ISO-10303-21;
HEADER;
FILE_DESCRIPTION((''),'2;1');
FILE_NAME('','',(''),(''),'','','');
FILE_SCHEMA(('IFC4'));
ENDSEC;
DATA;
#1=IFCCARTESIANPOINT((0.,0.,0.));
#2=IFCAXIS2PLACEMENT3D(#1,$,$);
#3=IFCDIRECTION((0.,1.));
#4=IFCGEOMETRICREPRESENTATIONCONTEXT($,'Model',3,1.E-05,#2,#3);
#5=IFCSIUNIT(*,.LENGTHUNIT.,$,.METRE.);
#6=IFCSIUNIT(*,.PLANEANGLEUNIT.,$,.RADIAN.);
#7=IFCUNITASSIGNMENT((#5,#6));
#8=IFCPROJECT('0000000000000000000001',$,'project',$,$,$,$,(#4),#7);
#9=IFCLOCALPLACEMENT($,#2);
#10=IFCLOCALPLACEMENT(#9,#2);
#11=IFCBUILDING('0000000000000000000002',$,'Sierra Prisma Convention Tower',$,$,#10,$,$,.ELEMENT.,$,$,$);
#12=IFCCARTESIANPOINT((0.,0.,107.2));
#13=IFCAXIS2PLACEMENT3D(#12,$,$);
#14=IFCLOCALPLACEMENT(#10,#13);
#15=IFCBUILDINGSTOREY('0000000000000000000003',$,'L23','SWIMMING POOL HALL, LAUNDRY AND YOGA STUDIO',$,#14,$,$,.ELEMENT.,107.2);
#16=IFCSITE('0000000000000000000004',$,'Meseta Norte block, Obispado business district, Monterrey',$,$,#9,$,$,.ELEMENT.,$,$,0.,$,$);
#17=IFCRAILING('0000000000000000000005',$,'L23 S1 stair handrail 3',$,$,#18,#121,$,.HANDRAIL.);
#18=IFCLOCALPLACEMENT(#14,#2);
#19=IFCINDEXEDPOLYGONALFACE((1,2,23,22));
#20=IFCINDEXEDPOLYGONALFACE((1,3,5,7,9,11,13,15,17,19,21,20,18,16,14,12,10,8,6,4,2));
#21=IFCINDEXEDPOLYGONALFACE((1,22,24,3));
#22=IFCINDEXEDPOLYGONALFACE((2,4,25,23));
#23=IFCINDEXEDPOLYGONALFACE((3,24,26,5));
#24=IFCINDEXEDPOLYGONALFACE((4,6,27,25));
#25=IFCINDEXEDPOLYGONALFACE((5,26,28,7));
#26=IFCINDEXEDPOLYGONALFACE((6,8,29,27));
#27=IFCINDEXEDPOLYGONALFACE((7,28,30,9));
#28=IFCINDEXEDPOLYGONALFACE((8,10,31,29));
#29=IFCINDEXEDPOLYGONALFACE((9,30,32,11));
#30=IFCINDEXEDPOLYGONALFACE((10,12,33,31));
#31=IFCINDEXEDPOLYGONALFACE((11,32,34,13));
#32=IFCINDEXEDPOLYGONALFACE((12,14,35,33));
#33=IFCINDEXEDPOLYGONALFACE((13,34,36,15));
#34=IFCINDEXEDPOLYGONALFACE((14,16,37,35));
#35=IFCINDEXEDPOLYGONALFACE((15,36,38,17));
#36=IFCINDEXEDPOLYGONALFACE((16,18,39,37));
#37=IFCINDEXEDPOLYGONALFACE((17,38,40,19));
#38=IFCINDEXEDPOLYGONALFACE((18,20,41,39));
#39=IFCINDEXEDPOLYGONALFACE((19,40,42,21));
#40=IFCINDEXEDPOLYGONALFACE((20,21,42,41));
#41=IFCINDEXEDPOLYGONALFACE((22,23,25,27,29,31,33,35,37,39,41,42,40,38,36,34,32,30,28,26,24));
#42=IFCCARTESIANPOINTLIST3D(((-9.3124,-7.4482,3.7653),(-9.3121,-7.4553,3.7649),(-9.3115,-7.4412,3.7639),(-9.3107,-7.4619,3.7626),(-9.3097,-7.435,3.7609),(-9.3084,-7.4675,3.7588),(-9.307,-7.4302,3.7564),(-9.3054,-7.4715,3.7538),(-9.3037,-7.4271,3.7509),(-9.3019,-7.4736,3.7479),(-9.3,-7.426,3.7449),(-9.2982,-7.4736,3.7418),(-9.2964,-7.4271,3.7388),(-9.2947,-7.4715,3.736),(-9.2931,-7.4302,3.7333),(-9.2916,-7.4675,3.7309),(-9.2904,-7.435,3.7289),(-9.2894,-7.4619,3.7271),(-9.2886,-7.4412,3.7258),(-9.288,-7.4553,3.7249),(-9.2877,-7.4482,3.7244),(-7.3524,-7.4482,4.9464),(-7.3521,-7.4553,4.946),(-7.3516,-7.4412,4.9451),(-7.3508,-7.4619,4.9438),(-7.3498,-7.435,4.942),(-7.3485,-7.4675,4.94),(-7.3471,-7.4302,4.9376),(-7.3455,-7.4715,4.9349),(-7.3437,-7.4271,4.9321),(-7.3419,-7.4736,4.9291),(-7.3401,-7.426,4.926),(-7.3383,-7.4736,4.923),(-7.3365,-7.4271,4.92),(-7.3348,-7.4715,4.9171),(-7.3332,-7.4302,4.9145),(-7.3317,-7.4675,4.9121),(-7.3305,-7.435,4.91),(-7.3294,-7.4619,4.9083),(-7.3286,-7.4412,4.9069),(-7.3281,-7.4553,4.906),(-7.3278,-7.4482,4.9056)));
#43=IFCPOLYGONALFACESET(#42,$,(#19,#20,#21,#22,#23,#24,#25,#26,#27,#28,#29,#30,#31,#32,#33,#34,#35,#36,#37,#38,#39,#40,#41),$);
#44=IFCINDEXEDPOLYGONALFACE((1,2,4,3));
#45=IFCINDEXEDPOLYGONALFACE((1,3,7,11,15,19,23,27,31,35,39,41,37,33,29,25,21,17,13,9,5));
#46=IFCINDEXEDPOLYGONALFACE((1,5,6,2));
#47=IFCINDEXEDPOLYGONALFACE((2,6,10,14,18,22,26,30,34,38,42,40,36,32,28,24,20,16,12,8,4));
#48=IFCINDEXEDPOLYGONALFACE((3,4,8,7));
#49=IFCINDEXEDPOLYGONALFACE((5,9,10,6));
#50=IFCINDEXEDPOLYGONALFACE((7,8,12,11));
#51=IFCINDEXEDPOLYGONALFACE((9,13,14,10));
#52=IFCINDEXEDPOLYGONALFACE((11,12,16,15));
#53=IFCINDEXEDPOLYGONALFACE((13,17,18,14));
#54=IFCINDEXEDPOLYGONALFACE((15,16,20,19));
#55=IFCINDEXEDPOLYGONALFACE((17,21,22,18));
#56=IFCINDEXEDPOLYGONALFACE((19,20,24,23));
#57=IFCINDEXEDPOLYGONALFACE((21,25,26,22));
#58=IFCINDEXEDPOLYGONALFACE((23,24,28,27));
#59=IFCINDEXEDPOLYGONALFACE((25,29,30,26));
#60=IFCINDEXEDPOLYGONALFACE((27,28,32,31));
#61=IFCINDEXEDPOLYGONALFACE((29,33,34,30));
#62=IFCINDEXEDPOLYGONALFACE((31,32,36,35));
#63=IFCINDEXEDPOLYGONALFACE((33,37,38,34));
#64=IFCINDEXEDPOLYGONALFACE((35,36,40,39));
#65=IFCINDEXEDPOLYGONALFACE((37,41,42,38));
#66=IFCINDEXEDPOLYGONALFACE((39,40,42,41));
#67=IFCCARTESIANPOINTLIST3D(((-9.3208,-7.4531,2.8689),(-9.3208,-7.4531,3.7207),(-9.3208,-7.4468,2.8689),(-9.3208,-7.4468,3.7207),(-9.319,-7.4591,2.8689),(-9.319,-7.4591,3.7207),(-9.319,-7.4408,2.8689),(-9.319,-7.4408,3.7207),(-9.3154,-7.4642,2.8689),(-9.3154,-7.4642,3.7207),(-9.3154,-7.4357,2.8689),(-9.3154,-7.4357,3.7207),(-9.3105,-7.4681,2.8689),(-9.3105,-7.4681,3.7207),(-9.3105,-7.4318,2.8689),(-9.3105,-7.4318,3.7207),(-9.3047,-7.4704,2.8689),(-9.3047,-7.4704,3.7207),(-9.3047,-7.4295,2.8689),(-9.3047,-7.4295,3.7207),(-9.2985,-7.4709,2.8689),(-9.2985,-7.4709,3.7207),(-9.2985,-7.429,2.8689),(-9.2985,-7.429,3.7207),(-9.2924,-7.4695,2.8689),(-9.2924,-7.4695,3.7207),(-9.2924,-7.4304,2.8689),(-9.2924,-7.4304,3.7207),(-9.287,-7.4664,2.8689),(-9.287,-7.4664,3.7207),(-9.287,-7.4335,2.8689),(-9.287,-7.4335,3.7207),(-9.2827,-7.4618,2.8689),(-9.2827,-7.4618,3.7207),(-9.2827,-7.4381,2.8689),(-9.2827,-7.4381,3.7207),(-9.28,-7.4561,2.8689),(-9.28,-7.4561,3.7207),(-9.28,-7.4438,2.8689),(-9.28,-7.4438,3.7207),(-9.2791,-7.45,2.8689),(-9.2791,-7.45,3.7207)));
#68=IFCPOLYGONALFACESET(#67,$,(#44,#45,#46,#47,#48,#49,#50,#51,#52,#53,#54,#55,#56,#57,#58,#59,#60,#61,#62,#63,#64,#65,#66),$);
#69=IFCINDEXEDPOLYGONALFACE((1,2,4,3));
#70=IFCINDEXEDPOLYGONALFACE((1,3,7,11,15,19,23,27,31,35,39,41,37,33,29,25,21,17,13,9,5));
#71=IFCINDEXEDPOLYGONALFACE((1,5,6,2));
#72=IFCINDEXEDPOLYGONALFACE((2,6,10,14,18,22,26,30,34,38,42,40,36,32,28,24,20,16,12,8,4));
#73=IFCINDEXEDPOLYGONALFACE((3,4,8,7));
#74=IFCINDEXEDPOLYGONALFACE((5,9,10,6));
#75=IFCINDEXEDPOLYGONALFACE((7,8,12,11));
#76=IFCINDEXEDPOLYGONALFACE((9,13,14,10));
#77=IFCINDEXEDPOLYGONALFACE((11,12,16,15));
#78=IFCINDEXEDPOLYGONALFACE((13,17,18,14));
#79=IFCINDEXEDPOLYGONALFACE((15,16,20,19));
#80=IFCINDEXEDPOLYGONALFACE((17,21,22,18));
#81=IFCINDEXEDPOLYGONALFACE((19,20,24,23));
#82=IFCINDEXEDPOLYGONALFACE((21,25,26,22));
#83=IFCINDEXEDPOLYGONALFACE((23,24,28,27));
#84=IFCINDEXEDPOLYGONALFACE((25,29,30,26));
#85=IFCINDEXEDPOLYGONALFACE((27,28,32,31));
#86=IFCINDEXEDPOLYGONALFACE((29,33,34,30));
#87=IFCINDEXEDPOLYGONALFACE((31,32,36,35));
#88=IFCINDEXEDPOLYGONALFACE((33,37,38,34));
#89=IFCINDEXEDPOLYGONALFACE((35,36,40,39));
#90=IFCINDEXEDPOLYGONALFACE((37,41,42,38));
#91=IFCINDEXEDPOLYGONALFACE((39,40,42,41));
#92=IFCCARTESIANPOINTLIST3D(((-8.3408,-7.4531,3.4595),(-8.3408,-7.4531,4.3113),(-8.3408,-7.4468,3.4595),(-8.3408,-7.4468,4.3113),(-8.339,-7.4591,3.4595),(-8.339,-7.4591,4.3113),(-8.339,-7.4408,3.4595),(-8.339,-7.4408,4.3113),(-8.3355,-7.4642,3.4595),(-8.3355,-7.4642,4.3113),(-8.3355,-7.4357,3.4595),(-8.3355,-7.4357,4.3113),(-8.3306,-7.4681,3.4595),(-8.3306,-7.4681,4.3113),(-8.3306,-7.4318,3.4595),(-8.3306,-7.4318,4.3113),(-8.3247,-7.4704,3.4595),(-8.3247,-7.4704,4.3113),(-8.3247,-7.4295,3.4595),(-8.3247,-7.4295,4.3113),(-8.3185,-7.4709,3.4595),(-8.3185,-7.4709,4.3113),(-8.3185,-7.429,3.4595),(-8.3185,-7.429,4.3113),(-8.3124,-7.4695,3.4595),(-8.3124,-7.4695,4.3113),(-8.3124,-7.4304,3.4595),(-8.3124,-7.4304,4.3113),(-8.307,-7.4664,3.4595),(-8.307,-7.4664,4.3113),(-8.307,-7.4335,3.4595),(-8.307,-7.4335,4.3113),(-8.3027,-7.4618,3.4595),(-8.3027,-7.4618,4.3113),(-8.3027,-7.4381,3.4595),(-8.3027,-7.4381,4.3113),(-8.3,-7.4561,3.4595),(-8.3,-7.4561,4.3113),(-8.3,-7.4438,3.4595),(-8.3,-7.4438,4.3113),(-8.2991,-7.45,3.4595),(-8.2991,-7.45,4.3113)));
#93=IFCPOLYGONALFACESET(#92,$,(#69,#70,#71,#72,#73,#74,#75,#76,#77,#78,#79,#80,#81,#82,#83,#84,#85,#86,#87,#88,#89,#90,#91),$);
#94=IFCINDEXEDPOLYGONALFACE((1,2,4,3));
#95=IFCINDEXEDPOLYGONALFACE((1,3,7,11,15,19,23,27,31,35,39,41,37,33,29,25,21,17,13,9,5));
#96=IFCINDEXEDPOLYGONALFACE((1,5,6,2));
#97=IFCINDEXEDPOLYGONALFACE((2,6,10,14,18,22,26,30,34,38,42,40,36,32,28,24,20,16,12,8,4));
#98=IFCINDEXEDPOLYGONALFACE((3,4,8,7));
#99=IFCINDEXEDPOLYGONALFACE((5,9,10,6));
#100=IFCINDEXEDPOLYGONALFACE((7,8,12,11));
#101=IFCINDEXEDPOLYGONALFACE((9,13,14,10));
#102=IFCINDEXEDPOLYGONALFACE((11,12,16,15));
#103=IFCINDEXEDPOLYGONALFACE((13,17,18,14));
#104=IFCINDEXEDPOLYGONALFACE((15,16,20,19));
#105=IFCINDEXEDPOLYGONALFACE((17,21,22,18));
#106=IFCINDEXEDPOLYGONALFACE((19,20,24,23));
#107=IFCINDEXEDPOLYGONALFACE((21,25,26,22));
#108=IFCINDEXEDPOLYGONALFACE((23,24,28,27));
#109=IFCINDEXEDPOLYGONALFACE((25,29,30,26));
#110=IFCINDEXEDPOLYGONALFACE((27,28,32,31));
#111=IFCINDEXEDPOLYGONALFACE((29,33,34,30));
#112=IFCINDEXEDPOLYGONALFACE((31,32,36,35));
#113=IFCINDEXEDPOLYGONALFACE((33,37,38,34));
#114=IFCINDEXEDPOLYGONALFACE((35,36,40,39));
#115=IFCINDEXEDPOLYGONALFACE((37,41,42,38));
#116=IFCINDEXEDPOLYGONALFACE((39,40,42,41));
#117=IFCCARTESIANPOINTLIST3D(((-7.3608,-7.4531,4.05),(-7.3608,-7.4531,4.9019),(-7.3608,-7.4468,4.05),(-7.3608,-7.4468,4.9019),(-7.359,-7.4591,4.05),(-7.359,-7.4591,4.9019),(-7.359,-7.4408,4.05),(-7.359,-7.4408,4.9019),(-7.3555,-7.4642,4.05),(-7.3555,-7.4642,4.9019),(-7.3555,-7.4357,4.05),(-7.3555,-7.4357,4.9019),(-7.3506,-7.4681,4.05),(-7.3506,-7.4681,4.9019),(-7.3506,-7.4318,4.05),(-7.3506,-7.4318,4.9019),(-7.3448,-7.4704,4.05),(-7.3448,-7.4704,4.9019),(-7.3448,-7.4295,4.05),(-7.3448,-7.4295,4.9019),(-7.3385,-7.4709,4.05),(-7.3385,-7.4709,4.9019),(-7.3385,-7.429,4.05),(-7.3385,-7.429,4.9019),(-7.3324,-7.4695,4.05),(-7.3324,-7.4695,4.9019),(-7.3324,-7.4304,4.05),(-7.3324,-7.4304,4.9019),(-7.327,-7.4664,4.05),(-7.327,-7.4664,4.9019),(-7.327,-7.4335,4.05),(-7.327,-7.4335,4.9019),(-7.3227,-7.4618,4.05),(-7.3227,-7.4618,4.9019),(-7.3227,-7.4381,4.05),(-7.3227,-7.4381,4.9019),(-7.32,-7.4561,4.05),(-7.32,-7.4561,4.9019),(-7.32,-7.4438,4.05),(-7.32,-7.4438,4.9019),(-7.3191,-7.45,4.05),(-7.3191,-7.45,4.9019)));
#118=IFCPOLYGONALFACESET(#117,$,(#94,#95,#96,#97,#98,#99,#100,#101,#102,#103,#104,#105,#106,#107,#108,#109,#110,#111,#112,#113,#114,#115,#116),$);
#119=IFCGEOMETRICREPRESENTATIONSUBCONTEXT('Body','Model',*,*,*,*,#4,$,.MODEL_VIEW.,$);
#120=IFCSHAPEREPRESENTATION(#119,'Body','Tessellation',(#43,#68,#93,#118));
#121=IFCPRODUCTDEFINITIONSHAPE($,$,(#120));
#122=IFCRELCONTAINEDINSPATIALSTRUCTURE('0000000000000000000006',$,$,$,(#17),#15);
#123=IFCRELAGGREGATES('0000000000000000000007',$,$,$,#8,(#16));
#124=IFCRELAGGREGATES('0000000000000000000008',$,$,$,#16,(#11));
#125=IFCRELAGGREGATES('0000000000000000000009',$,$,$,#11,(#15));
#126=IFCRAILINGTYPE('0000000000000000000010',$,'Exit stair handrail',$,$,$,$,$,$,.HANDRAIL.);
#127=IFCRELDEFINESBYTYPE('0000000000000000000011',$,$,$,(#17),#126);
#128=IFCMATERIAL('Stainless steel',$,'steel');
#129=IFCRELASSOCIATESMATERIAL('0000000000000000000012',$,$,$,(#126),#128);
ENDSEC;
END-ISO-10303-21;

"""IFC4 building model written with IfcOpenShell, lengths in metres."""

from ifc_helpers import new_model, si_unit, direction, frame, origin, origin_2d, place, context, subcontext, project, spatial, circle, extrude, material, type_object, element, save


model = new_model("IFC4")

# Units and contexts
model_context = context("Model", 3, precision=1e-05, world=origin(), true_north=direction((0.0, 1.0)))
body_context = subcontext(model_context, "Body", "Model", "MODEL_VIEW")
ifc_project = project(units=[si_unit("LENGTHUNIT", "METRE"), si_unit("PLANEANGLEUNIT", "RADIAN")], contexts=[model_context])

# Site, building, storey
site_placement = place(None, origin())
site = spatial("IfcSite", under=ifc_project, at=site_placement, Name="Meseta Norte block, Obispado business district, Monterrey", CompositionType="ELEMENT", RefElevation=0.0)
building_placement = place(site_placement, origin())
building = spatial("IfcBuilding", under=site, at=building_placement, Name="Sierra Prisma Convention Tower", CompositionType="ELEMENT")
storey_placement = place(building_placement, frame((0.0, 0.0, 107.2)))
storey = spatial("IfcBuildingStorey", under=building, at=storey_placement, Name="L23", Description="SWIMMING POOL HALL, LAUNDRY AND YOGA STUDIO", CompositionType="ELEMENT", Elevation=107.2)

# Railing
ifc_material_1 = material(Name="Stainless steel", Category="steel")
railing_type_1 = type_object("IfcRailingType", Name="Exit stair handrail", PredefinedType="HANDRAIL", material=ifc_material_1)
railing_1_placement = place(storey_placement, frame((-9.3, -7.45, 2.8689)))
element("IfcRailing", 1, at=railing_1_placement, inside=storey, type_object=railing_type_1, Name="L23 S1 stair handrail 3", PredefinedType="HANDRAIL", context=body_context, shape_type="SweptSolid", body=[
    extrude(circle(Radius=0.0239, at=origin_2d()), frame((0.0, 0.0, 0.876), z_axis=(0.856493, 0.0, 0.516158), x_axis=(0.0, 1.0, 0.0)), (0.0, 0.0, 1.0), 2.2883),
    extrude(circle(Radius=0.021, at=origin_2d()), origin(), (0.0, 0.0, 1.0), 0.8518),
    extrude(circle(Radius=0.021, at=origin_2d()), frame((0.98, 0.0, 0.5906)), (0.0, 0.0, 1.0), 0.8518),
    extrude(circle(Radius=0.021, at=origin_2d()), frame((1.96, 0.0, 1.1812)), (0.0, 0.0, 1.0), 0.8518),
])

save(model, "model.ifc")
